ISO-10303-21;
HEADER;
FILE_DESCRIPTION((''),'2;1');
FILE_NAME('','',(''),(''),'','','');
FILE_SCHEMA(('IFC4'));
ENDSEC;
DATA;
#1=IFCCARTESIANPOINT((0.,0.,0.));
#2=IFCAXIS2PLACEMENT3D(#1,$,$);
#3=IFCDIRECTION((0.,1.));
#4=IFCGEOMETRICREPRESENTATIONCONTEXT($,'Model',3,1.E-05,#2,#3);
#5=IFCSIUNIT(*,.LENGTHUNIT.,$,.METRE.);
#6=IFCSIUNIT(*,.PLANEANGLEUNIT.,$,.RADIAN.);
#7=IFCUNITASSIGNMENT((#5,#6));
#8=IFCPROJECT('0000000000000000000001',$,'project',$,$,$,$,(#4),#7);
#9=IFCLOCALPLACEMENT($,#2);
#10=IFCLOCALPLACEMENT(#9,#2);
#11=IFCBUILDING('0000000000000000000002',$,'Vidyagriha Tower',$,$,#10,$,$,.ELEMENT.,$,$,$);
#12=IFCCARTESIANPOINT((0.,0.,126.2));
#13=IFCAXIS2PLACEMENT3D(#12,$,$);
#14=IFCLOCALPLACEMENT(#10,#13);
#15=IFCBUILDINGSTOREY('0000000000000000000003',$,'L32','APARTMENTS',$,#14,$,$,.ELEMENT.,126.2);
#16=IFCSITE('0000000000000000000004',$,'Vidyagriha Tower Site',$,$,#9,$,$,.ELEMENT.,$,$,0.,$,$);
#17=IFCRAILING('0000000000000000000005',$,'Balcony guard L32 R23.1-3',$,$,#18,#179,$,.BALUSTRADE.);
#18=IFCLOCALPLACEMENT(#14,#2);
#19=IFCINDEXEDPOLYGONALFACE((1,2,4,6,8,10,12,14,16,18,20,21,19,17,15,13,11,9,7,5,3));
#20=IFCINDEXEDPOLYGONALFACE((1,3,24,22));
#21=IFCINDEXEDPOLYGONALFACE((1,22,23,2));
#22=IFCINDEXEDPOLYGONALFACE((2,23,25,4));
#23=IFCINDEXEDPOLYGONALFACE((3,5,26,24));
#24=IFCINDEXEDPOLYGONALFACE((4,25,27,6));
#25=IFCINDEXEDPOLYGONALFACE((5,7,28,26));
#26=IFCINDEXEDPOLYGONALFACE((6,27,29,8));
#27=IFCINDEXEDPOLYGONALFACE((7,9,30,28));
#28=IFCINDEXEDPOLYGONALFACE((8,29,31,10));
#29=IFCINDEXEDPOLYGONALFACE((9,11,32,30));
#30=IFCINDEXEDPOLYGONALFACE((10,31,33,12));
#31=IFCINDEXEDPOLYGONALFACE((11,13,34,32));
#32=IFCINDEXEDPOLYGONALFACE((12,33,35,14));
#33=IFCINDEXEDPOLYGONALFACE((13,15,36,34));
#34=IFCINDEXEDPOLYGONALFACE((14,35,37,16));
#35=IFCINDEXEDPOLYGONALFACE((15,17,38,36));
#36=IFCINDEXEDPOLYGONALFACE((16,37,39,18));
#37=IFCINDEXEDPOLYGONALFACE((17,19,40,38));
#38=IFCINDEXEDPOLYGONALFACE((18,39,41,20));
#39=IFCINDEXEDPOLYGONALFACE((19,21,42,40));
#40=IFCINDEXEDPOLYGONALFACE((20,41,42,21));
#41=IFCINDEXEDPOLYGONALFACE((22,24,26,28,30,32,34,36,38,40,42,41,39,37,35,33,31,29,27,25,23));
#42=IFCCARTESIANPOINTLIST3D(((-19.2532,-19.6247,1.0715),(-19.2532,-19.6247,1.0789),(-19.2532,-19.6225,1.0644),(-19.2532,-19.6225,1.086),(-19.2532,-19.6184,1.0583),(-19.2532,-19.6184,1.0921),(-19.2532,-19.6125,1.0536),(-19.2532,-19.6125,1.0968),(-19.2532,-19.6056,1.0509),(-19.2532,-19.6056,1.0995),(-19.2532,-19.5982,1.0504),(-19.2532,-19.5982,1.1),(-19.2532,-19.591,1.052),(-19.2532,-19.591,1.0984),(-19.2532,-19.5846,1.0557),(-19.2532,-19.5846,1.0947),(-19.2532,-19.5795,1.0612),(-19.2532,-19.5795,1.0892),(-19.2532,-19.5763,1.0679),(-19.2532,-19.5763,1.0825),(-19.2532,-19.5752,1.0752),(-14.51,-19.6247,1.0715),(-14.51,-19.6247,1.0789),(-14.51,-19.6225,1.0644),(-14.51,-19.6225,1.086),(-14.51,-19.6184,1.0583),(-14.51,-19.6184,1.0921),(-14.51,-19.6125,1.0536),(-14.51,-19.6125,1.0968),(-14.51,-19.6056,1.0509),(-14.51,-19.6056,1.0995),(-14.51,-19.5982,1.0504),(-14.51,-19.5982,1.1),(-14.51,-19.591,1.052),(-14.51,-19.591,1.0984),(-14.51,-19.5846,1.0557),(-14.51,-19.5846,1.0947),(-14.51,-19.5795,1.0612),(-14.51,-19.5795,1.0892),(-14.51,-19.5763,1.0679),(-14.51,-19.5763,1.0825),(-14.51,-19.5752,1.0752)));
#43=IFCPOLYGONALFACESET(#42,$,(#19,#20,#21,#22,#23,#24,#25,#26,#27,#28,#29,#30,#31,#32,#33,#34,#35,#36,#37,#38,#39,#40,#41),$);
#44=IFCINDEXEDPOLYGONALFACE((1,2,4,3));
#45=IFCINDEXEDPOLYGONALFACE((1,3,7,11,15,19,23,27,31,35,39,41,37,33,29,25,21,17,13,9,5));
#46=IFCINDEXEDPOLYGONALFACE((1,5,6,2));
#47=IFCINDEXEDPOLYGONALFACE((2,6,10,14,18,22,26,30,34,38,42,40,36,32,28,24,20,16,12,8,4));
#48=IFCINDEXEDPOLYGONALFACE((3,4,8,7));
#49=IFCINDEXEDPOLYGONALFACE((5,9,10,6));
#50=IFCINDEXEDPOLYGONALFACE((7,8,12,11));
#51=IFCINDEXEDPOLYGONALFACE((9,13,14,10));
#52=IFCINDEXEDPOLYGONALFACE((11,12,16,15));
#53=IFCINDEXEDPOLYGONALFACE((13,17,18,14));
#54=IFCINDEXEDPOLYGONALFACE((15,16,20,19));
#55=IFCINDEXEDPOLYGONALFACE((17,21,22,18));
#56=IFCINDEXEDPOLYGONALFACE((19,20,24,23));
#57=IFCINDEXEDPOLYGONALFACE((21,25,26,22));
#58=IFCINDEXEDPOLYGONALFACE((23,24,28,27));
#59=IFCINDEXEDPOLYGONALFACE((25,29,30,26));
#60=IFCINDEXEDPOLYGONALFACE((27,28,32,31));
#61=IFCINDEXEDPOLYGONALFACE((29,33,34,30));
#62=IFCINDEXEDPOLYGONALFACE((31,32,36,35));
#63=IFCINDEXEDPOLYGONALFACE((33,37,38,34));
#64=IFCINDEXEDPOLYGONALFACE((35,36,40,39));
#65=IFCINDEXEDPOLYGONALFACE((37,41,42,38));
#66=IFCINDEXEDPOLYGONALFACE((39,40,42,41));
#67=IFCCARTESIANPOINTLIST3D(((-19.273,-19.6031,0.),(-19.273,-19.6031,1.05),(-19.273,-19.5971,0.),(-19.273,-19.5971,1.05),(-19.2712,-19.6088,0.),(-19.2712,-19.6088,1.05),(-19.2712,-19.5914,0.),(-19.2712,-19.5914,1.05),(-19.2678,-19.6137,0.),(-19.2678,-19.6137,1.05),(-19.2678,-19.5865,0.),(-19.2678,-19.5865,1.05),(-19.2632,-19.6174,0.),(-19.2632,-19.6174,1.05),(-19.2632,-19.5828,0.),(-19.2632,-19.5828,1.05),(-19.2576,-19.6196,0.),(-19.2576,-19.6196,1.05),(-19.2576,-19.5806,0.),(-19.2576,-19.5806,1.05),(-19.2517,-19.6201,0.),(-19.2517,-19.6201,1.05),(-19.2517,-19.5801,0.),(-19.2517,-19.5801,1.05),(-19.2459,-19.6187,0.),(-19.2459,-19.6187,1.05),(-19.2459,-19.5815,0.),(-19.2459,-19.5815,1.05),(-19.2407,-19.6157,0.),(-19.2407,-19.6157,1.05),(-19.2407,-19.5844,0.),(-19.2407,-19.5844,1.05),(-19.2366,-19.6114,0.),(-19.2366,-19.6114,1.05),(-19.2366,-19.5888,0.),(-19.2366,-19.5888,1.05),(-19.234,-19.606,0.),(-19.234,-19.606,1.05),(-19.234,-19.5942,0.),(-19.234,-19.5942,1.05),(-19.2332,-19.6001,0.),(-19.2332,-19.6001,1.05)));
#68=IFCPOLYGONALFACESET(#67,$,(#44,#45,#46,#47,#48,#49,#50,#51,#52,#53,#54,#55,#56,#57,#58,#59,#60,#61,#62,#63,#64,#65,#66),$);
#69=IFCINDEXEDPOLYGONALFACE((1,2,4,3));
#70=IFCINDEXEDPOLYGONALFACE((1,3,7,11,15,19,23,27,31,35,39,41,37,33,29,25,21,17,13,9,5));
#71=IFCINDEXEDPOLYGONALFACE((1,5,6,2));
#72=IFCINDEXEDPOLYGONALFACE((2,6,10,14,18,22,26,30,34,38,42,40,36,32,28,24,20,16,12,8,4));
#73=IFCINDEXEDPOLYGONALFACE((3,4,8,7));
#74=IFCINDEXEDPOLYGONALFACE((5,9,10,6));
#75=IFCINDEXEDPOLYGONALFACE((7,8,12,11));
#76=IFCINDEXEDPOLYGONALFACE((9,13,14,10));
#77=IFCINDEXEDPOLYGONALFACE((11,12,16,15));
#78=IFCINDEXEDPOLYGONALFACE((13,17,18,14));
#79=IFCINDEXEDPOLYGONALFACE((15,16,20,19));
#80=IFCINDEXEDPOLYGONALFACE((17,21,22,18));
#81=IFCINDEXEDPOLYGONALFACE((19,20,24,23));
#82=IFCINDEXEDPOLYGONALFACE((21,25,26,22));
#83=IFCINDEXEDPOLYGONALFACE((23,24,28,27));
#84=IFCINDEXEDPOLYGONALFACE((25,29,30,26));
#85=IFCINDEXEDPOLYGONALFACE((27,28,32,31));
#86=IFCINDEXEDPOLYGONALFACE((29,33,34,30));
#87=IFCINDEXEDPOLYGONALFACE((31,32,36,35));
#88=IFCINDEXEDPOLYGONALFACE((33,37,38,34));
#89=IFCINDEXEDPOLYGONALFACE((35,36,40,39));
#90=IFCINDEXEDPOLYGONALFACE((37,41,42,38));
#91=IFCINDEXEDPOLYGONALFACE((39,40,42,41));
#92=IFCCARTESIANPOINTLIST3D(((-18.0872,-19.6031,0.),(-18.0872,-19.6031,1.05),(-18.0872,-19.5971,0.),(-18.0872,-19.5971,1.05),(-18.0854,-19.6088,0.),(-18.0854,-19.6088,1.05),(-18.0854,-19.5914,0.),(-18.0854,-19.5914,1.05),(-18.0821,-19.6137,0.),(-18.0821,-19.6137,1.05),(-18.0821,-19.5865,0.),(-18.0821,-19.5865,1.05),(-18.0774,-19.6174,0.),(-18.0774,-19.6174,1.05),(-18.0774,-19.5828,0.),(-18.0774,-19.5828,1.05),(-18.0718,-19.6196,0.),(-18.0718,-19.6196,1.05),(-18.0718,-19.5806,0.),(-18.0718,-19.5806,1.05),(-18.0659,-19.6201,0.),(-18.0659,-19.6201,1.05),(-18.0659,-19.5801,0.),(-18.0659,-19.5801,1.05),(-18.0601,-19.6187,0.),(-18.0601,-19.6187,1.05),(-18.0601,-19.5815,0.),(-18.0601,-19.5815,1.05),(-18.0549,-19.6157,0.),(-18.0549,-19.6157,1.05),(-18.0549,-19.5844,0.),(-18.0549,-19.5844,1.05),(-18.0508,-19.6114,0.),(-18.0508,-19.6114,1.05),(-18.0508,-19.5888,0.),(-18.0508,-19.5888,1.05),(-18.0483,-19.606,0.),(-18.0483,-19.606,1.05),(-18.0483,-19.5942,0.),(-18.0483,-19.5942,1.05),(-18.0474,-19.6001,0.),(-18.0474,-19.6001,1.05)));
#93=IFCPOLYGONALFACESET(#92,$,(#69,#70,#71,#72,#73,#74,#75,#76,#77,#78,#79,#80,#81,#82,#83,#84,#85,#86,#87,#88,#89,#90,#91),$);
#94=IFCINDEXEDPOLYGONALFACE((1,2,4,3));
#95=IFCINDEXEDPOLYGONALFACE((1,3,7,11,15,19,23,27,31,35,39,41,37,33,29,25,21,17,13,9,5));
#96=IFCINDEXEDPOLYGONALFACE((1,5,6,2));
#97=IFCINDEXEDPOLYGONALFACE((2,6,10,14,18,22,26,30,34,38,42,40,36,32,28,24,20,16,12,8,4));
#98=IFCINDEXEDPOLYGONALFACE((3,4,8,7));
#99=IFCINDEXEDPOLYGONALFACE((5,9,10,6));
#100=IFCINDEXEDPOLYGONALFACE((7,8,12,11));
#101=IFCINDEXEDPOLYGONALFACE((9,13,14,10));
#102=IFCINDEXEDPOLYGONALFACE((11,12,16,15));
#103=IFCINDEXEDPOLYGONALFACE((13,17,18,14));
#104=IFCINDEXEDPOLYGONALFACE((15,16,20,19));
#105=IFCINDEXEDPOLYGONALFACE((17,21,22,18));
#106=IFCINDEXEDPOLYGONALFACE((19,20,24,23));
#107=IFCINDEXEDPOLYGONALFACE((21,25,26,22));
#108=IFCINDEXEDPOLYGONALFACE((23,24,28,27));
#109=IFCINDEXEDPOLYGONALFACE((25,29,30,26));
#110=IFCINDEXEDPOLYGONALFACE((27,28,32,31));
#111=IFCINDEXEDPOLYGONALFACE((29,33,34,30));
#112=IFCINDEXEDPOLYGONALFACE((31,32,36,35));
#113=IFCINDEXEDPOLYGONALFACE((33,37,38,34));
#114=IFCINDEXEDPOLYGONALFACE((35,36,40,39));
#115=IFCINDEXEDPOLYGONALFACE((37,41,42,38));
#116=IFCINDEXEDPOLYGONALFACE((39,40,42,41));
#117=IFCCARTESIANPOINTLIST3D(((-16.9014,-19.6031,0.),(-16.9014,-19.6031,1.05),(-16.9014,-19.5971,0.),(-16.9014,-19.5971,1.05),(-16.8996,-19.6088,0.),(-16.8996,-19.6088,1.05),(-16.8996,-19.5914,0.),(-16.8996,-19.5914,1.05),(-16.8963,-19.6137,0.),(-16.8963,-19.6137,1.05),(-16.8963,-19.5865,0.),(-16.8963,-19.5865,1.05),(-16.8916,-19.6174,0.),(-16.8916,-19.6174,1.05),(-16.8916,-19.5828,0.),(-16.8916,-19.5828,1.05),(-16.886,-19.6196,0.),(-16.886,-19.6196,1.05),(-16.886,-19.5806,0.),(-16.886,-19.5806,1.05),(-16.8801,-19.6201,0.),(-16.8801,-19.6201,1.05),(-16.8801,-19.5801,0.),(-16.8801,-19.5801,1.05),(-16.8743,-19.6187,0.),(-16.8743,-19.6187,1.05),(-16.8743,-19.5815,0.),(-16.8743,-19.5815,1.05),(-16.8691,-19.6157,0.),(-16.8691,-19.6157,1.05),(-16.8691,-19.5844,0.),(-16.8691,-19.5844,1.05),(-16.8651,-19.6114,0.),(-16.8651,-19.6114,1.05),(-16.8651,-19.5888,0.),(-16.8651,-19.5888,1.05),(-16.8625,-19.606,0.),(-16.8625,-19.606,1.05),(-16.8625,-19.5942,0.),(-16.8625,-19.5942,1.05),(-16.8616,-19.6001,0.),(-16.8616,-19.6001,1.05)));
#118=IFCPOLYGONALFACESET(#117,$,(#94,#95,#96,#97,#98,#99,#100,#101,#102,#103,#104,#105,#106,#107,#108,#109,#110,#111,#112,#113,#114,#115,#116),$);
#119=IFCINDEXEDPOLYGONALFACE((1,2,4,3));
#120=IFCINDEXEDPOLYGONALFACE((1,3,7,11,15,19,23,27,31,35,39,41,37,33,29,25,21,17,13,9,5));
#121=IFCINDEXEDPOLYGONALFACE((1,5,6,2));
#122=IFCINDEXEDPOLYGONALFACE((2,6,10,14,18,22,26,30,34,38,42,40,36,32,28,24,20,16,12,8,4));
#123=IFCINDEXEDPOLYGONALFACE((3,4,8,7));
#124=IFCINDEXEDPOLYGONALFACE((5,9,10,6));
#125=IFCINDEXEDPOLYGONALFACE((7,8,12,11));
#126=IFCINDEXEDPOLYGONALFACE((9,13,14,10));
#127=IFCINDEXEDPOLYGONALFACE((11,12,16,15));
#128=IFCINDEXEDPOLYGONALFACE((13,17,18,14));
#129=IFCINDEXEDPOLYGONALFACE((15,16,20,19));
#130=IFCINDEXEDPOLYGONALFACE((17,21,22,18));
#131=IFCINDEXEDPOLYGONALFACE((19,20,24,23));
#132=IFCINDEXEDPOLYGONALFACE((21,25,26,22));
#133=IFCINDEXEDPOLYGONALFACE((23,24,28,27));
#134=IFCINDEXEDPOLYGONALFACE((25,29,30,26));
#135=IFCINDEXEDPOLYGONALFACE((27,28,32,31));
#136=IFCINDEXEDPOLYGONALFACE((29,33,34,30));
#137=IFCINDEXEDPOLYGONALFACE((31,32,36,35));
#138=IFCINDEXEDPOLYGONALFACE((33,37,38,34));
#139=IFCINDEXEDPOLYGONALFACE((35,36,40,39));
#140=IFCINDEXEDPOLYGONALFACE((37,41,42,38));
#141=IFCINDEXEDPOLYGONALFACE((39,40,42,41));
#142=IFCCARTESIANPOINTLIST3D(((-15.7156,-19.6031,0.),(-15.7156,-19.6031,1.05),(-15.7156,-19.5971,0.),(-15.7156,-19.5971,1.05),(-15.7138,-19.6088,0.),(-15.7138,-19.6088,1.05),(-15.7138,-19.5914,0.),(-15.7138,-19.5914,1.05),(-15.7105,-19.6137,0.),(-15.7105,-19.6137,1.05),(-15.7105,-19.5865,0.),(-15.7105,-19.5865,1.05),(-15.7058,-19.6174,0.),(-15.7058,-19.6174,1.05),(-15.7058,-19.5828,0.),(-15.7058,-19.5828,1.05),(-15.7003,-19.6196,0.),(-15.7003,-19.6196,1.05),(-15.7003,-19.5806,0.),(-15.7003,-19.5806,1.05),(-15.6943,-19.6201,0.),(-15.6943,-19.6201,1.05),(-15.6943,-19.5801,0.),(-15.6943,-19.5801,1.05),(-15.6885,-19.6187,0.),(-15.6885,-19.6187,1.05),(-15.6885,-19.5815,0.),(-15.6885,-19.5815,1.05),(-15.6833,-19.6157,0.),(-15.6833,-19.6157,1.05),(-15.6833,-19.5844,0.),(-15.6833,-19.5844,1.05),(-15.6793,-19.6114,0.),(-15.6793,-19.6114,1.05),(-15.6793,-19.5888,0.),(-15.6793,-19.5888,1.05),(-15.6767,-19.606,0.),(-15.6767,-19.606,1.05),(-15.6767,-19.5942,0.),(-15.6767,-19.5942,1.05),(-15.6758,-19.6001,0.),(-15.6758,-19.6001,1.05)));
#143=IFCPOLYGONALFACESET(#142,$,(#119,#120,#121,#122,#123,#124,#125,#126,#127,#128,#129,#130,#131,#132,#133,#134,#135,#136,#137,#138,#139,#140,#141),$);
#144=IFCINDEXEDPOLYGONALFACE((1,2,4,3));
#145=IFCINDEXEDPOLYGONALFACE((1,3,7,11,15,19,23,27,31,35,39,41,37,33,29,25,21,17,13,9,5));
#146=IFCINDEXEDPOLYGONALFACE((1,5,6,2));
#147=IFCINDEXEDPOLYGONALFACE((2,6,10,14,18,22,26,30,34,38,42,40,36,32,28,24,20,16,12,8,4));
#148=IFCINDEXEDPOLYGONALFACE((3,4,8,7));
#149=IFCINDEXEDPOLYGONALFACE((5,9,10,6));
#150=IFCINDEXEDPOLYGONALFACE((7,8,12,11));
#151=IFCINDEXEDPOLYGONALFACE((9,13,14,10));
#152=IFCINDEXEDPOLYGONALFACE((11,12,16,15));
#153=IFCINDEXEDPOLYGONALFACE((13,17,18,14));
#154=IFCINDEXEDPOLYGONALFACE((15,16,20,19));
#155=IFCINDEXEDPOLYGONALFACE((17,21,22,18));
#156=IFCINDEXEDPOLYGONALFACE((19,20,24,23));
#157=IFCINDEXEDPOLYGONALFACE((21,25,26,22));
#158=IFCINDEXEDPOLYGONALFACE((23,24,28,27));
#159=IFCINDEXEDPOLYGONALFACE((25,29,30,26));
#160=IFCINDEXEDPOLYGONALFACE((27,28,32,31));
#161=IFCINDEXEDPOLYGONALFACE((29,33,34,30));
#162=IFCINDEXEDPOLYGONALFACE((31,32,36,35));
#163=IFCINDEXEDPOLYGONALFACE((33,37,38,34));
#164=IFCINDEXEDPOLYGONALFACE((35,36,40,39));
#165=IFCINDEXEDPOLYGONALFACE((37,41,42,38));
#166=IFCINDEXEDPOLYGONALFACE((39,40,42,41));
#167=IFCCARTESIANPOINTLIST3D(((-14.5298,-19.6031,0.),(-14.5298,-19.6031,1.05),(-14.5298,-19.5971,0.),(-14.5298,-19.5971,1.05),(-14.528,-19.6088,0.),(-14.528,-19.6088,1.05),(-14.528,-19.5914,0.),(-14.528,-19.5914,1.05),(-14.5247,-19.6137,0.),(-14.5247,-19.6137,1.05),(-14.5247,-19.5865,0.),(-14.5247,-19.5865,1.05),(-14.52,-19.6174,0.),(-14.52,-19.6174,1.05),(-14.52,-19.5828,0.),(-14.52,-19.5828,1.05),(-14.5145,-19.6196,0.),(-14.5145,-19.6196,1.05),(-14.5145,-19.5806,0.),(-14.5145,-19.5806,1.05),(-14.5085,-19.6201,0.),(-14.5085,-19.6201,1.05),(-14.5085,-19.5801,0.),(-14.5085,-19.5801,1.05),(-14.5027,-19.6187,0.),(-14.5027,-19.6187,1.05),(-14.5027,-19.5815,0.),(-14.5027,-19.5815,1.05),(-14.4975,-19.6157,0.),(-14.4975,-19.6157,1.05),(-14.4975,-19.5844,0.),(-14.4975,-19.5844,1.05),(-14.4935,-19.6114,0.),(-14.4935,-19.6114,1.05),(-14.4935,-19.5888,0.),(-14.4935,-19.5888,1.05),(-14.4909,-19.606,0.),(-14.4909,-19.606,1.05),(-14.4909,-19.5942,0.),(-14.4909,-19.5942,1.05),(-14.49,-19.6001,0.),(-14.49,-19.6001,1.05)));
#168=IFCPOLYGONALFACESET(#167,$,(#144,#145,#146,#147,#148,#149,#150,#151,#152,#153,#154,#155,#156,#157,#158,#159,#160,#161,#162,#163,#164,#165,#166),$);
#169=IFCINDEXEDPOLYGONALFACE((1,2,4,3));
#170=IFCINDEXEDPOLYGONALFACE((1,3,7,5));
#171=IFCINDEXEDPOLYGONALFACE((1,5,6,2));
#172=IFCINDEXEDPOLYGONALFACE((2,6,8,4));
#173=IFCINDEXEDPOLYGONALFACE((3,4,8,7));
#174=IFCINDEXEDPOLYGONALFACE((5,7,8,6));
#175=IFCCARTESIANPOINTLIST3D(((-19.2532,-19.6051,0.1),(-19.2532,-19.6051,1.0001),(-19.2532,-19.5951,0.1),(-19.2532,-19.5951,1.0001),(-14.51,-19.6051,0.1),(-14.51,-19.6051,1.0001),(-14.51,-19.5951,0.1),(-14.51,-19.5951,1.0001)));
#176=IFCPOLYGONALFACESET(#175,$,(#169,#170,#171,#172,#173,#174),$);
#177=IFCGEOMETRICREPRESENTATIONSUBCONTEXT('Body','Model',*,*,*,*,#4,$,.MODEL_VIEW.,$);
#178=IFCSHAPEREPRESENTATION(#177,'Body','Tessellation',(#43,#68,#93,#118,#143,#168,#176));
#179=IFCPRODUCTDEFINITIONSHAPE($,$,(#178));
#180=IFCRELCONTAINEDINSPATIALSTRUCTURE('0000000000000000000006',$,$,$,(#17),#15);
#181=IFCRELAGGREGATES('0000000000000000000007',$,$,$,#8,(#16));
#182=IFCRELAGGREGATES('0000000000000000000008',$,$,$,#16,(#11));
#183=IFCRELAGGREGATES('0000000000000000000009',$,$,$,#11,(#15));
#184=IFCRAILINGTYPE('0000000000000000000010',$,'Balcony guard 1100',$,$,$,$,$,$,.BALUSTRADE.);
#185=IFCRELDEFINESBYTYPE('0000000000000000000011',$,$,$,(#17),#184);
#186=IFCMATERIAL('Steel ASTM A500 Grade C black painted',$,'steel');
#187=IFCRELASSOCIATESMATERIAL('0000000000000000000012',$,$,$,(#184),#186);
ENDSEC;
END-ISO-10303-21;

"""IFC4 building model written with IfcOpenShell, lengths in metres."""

from ifc_helpers import new_model, si_unit, direction, frame, origin, origin_2d, place, context, subcontext, project, spatial, rectangle, circle, extrude, material, type_object, element, save


model = new_model("IFC4")

# Units and contexts
model_context = context("Model", 3, precision=1e-05, world=origin(), true_north=direction((0.0, 1.0)))
body_context = subcontext(model_context, "Body", "Model", "MODEL_VIEW")
ifc_project = project(units=[si_unit("LENGTHUNIT", "METRE"), si_unit("PLANEANGLEUNIT", "RADIAN")], contexts=[model_context])

# Site, building, storey
site_placement = place(None, origin())
site = spatial("IfcSite", under=ifc_project, at=site_placement, Name="Vidyagriha Tower Site", CompositionType="ELEMENT", RefElevation=0.0)
building_placement = place(site_placement, origin())
building = spatial("IfcBuilding", under=site, at=building_placement, Name="Vidyagriha Tower", CompositionType="ELEMENT")
storey_placement = place(building_placement, frame((0.0, 0.0, 126.2)))
storey = spatial("IfcBuildingStorey", under=building, at=storey_placement, Name="L32", Description="APARTMENTS", CompositionType="ELEMENT", Elevation=126.2)

# Railing
ifc_material_1 = material(Name="Steel ASTM A500 Grade C black painted", Category="steel")
railing_type = type_object("IfcRailingType", Name="Balcony guard 1100", PredefinedType="BALUSTRADE", material=ifc_material_1)
railing_1_placement = place(storey_placement, frame((-19.2532, -19.6001, 0.0)))
element("IfcRailing", 1, at=railing_1_placement, inside=storey, type_object=railing_type, Name="Balcony guard L32 R23.1-3", PredefinedType="BALUSTRADE", context=body_context, shape_type="SweptSolid", body=[
    extrude(circle(Radius=0.0249, at=origin_2d()), frame((0.0, 0.0, 1.0752), z_axis=(1.0, 0.0, 0.0), x_axis=(0.0, 1.0, 0.0)), (0.0, 0.0, 1.0), 4.7432),
    extrude(circle(Radius=0.02, at=origin_2d()), origin(), (0.0, 0.0, 1.0), 1.05),
    extrude(circle(Radius=0.02, at=origin_2d()), frame((1.1858, 0.0, 0.0)), (0.0, 0.0, 1.0), 1.05),
    extrude(circle(Radius=0.02, at=origin_2d()), frame((2.3716, 0.0, 0.0)), (0.0, 0.0, 1.0), 1.05),
    extrude(circle(Radius=0.02, at=origin_2d()), frame((3.5574, 0.0, 0.0)), (0.0, 0.0, 1.0), 1.05),
    extrude(circle(Radius=0.02, at=origin_2d()), frame((4.7432, 0.0, 0.0)), (0.0, 0.0, 1.0), 1.05),
    extrude(rectangle(XDim=0.01, YDim=0.9001, at=origin_2d()), frame((0.0, 0.0, 0.55), z_axis=(1.0, 0.0, 0.0), x_axis=(0.0, 1.0, 0.0)), (0.0, 0.0, 1.0), 4.7432),
])

save(model, "model.ifc")
